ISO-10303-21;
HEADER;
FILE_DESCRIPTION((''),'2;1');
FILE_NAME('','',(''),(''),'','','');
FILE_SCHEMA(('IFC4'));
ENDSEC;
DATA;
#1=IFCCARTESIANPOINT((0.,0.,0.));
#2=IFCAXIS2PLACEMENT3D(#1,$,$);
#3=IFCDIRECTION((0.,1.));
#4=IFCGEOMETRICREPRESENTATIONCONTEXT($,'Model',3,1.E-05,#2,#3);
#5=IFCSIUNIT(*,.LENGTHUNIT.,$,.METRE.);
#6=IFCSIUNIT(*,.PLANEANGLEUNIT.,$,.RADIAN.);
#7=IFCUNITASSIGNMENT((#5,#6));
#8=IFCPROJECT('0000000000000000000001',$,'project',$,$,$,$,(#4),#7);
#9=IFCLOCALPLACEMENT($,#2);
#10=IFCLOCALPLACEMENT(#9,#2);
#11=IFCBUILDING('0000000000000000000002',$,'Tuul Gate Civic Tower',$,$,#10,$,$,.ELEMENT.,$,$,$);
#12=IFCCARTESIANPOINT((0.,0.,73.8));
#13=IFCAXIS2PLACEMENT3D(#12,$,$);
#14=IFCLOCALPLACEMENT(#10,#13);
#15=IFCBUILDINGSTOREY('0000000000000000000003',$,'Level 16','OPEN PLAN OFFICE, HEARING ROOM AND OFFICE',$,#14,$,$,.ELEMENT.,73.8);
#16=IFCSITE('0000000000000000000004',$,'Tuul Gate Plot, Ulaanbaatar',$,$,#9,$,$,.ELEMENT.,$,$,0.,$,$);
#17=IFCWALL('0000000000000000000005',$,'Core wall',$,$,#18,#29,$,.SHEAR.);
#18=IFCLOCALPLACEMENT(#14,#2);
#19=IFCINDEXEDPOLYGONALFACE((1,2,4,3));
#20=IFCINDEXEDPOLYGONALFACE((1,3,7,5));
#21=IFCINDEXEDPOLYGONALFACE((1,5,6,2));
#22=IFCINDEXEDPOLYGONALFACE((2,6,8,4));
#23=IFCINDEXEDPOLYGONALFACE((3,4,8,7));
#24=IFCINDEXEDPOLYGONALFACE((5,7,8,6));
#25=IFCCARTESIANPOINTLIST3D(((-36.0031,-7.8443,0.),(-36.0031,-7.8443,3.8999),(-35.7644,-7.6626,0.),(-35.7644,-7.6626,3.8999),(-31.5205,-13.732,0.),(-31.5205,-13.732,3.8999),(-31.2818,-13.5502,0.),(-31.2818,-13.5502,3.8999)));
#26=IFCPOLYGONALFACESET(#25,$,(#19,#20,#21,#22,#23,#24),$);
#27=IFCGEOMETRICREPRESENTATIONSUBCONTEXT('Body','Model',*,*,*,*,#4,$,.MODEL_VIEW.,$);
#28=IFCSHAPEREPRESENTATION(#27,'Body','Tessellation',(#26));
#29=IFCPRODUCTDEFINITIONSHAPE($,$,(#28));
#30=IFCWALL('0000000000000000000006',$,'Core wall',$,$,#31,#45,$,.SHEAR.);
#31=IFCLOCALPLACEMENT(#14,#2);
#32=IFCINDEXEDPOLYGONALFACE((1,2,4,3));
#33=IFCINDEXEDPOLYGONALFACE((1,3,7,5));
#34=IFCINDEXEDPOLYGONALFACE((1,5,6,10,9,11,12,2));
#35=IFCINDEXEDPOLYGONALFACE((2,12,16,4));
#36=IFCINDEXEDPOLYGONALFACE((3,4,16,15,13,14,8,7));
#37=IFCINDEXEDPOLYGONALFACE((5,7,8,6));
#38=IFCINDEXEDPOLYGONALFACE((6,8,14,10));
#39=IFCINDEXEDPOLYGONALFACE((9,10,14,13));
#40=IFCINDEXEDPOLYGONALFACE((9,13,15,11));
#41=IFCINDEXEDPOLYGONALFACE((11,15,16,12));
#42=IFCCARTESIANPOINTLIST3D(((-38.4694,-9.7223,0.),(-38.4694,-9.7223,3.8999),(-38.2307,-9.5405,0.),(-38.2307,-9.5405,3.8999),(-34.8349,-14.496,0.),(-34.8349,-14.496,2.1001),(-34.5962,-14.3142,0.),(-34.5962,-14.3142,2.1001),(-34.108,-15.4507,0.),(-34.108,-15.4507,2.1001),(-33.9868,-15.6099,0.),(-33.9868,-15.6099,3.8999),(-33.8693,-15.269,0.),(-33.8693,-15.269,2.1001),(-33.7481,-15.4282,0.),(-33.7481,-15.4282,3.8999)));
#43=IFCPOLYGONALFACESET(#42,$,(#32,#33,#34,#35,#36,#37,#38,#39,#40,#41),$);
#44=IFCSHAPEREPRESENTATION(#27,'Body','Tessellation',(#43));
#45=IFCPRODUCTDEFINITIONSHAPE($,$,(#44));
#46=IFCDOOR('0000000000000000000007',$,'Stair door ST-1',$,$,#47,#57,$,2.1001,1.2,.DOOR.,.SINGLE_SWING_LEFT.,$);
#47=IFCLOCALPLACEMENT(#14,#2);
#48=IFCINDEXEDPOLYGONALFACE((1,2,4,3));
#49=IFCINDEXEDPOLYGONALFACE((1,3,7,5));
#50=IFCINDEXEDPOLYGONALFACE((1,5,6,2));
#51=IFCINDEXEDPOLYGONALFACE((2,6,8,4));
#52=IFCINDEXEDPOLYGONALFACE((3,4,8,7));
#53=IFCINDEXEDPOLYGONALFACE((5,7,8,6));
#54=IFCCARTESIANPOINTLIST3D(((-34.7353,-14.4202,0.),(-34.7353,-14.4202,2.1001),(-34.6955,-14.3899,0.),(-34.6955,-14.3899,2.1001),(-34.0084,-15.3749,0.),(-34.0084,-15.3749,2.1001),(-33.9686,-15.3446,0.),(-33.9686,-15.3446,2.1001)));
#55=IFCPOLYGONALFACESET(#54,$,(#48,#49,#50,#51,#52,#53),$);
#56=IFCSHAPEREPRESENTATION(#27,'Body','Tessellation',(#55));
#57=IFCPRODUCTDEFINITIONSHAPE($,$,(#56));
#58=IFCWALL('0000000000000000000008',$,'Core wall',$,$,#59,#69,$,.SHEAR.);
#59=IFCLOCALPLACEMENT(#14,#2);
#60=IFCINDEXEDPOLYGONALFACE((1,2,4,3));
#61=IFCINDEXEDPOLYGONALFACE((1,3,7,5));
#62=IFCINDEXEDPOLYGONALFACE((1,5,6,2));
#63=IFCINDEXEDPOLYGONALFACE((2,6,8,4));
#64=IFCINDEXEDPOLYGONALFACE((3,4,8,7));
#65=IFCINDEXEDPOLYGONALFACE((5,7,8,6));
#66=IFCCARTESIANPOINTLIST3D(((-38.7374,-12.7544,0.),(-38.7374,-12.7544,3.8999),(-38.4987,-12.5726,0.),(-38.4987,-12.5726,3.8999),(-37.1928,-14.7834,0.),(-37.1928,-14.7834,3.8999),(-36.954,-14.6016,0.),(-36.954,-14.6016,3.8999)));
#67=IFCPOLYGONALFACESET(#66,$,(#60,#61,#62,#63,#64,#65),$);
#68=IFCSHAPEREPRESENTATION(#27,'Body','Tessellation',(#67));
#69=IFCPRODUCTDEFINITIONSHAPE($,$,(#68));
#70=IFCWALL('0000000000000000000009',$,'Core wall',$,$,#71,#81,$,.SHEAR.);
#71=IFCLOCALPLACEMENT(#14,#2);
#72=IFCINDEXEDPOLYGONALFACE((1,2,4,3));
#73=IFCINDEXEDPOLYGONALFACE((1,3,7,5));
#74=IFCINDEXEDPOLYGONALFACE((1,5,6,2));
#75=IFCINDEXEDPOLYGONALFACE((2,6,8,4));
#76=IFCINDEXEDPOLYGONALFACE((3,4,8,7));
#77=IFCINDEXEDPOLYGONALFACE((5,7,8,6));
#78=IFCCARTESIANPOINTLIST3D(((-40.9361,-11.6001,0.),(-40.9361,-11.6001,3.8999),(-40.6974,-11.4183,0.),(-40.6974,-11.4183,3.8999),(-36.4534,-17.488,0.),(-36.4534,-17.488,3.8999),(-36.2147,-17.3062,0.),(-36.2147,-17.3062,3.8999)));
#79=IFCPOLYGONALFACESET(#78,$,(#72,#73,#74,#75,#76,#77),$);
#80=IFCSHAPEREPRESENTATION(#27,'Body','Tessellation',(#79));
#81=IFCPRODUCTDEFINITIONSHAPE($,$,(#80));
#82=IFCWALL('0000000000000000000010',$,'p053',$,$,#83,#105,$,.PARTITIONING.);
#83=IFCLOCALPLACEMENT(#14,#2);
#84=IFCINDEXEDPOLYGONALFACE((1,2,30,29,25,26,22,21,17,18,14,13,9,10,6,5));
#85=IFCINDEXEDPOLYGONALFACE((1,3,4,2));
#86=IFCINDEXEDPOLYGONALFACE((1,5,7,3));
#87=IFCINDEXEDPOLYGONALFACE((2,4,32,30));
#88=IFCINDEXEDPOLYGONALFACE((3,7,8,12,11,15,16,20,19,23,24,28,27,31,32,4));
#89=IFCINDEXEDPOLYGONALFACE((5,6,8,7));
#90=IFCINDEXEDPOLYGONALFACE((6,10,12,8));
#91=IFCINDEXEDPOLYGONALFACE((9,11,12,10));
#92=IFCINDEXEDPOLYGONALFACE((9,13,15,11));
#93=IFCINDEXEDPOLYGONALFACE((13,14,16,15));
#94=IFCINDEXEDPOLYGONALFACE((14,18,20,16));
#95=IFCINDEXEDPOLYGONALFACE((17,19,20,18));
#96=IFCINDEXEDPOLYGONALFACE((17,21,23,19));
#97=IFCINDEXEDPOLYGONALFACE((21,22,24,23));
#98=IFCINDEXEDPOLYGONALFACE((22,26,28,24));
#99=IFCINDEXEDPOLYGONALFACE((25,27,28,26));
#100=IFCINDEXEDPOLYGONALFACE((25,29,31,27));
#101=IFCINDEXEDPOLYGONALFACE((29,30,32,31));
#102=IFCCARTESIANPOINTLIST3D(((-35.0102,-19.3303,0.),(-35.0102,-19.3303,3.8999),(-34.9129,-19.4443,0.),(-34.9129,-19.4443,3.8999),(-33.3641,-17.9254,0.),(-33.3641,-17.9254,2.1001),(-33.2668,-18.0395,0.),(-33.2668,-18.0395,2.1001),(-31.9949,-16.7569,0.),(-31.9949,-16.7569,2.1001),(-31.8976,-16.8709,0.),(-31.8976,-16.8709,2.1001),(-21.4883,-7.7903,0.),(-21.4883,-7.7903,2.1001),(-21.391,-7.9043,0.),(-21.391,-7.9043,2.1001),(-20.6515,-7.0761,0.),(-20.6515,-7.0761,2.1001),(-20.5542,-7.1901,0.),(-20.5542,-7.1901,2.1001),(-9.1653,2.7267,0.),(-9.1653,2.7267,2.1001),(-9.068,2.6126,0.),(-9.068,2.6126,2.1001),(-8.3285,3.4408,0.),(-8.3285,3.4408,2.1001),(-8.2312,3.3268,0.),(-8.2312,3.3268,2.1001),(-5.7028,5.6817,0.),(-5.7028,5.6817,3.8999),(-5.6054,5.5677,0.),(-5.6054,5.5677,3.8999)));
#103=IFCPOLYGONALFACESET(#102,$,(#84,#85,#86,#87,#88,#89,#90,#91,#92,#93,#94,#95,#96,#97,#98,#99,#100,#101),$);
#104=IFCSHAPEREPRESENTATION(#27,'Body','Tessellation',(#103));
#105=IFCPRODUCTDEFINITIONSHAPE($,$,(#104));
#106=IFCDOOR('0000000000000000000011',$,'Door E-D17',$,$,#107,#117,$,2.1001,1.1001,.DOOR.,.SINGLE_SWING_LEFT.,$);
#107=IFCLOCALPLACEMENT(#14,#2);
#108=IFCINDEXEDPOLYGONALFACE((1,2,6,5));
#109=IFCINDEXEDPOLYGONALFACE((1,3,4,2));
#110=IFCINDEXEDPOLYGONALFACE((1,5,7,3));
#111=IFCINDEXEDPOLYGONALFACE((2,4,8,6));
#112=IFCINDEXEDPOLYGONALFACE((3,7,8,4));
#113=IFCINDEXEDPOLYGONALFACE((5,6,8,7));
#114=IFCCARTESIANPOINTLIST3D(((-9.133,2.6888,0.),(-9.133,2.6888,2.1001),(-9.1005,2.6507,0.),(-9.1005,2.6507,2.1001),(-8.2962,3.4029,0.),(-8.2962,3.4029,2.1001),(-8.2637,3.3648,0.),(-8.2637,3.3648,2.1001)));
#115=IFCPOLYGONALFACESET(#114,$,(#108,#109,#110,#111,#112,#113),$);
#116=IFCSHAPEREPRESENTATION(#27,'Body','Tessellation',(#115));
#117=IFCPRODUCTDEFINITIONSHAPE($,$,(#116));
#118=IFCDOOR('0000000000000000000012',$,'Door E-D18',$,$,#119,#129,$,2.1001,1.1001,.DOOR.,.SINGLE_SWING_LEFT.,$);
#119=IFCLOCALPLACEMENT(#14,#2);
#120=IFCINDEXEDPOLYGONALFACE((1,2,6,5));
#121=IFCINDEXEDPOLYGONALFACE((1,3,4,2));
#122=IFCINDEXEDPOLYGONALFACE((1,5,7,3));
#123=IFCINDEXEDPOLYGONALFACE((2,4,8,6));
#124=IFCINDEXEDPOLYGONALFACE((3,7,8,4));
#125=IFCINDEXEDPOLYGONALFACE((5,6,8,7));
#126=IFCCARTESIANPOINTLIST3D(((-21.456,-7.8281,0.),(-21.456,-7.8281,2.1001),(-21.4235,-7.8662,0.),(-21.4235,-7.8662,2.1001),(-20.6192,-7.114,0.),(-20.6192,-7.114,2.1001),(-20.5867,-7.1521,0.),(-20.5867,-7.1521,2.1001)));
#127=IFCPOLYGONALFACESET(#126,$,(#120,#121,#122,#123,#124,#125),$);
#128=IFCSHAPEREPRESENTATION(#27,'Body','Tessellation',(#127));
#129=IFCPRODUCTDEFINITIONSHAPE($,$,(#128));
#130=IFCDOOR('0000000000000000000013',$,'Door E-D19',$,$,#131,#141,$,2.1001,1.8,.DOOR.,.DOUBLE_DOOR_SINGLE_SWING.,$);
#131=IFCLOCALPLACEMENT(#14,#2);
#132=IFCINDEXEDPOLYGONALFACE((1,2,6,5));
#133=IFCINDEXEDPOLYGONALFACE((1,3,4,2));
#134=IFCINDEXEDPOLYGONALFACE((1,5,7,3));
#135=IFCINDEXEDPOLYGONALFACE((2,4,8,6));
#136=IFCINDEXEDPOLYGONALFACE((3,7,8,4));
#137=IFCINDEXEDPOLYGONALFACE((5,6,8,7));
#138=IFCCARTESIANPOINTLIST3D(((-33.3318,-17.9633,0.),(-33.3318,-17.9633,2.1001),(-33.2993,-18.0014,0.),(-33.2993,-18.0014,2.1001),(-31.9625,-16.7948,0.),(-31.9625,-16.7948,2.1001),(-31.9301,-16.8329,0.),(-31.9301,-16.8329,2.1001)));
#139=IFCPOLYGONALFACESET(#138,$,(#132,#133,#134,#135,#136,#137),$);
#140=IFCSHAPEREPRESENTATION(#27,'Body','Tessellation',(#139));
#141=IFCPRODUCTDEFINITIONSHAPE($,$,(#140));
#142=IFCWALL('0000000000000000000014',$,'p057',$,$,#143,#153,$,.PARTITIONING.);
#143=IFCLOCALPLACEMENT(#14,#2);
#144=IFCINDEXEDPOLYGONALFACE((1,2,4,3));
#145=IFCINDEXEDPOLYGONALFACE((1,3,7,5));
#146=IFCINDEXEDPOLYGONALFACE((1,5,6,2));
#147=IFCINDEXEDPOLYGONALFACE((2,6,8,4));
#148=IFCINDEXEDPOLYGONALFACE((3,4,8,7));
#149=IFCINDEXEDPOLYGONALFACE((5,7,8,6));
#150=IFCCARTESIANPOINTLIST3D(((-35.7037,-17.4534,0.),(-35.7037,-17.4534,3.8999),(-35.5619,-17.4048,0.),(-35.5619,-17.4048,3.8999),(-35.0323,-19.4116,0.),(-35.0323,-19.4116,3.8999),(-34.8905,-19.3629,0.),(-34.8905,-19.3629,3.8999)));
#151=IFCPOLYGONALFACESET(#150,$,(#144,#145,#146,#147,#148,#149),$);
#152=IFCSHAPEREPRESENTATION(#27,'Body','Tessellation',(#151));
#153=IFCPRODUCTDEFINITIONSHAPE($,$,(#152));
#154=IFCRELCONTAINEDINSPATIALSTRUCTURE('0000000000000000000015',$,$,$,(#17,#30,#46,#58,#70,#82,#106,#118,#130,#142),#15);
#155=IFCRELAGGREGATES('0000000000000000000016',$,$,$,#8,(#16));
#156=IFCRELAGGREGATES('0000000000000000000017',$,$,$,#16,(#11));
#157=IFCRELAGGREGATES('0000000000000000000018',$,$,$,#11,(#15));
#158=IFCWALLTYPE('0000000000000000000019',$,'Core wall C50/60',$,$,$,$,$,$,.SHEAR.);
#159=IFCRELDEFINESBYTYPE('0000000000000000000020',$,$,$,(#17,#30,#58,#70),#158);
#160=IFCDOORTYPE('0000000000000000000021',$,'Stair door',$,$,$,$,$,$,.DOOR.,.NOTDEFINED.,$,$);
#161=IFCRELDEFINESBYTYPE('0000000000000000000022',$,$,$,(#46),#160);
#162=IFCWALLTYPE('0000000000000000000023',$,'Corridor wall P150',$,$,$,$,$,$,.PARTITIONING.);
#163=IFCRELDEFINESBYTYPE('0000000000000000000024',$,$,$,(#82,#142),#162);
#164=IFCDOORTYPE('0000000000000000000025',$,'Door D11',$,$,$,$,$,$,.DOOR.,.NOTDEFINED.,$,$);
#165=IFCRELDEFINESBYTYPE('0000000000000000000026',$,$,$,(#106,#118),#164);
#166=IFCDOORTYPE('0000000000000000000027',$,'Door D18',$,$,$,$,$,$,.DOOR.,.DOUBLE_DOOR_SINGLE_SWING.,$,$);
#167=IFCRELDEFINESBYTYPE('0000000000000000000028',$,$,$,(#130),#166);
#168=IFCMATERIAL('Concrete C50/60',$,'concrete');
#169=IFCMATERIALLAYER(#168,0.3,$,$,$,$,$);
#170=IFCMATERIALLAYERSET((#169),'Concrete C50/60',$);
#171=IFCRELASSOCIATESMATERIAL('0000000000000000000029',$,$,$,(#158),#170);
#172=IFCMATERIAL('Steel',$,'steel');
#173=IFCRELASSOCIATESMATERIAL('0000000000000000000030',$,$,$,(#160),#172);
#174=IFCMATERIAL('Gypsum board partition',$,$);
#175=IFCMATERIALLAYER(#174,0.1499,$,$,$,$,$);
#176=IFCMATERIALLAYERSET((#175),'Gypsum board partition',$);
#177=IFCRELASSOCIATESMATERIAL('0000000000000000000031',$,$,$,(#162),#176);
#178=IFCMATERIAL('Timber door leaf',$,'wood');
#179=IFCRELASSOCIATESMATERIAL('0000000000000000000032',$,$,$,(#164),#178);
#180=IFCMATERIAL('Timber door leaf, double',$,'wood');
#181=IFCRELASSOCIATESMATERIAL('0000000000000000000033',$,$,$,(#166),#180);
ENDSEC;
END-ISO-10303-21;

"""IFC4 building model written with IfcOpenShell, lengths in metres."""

from ifc_helpers import new_model, si_unit, direction, frame, frame_2d, origin, place, context, subcontext, project, spatial, rectangle, extrude, material, layer, layer_set, type_object, element, fill, save


model = new_model("IFC4")

# Units and contexts
model_context = context("Model", 3, precision=1e-05, world=origin(), true_north=direction((0.0, 1.0)))
body_context = subcontext(model_context, "Body", "Model", "MODEL_VIEW")
ifc_project = project(units=[si_unit("LENGTHUNIT", "METRE"), si_unit("PLANEANGLEUNIT", "RADIAN")], contexts=[model_context])

# Site, building, storey
site_placement = place(None, origin())
site = spatial("IfcSite", under=ifc_project, at=site_placement, Name="Tuul Gate Plot, Ulaanbaatar", CompositionType="ELEMENT", RefElevation=0.0)
building_placement = place(site_placement, origin())
building = spatial("IfcBuilding", under=site, at=building_placement, Name="Tuul Gate Civic Tower", CompositionType="ELEMENT")
storey_placement = place(building_placement, frame((0.0, 0.0, 73.8)))
storey = spatial("IfcBuildingStorey", under=building, at=storey_placement, Name="Level 16", Description="OPEN PLAN OFFICE, HEARING ROOM AND OFFICE", CompositionType="ELEMENT", Elevation=73.8)

# Shared definitions
ifc_material_1 = material(Name="Concrete C50/60", Category="concrete")
ifc_layer_1 = layer(ifc_material_1, 0.3)
ifc_layer_set_1 = layer_set([ifc_layer_1], Name="Concrete C50/60")
wall_type_1 = type_object("IfcWallType", Name="Core wall C50/60", PredefinedType="SHEAR", material=ifc_layer_set_1)

# Wall
wall_1_placement = place(storey_placement, frame((-31.4011, -13.6411, 0.0), z_axis=(0.0, 0.0, 1.0), x_axis=(-0.60577, 0.79564, 0.0)))
element("IfcWall", 1, at=wall_1_placement, inside=storey, type_object=wall_type_1, Name="Core wall", PredefinedType="SHEAR", context=body_context, shape_type="SweptSolid", body=[
    extrude(rectangle(XDim=7.3999, YDim=0.3, at=frame_2d((3.7, 0.0))), origin(), (0.0, 0.0, 1.0), 3.8999),
])

# Wall, opening, door
wall_2_placement = place(storey_placement, frame((-33.8674, -15.519, 0.0), z_axis=(0.0, 0.0, 1.0), x_axis=(-0.60577, 0.79564, 0.0)))
wall_2 = element("IfcWall", 2, at=wall_2_placement, inside=storey, type_object=wall_type_1, Name="Core wall", PredefinedType="SHEAR", context=body_context, shape_type="SweptSolid", body=[
    extrude(rectangle(XDim=7.3999, YDim=0.3, at=frame_2d((3.7, 0.0))), origin(), (0.0, 0.0, 1.0), 3.8999),
])
opening_1_placement = place(wall_2_placement, frame((0.2, 0.0, 0.0)))
opening_1 = element("IfcOpeningElement", 3, at=opening_1_placement, cuts=wall_2, PredefinedType="OPENING", context=body_context, shape_type="SweptSolid", body=[
    extrude(rectangle(XDim=1.2, YDim=2.1001, at=frame_2d((0.6001, 1.05))), frame((0.0, 0.1602, 0.0), z_axis=(0.0, -1.0, 0.0), x_axis=(1.0, 0.0, 0.0)), (0.0, 0.0, 1.0), 0.3201),
])
ifc_material_2 = material(Name="Steel", Category="steel")
door_type_1 = type_object("IfcDoorType", Name="Stair door", OperationType="NOTDEFINED", PredefinedType="DOOR", material=ifc_material_2)
door_1_placement = place(opening_1_placement, origin())
door_1 = element("IfcDoor", 4, at=door_1_placement, inside=storey, type_object=door_type_1, Name="Stair door ST-1", OperationType="SINGLE_SWING_LEFT", OverallHeight=2.1001, OverallWidth=1.2, PredefinedType="DOOR", context=body_context, shape_type="SweptSolid", body=[
    extrude(rectangle(XDim=1.2, YDim=2.1001, at=frame_2d((0.6001, 1.05))), frame((0.0, 0.0249, 0.0), z_axis=(0.0, -1.0, 0.0), x_axis=(1.0, 0.0, 0.0)), (0.0, 0.0, 1.0), 0.05),
])
fill(opening_1, door_1)

# Walls
wall_3_placement = place(storey_placement, frame((-37.0735, -14.6924, 0.0), z_axis=(0.0, 0.0, 1.0), x_axis=(-0.605729, 0.795671, 0.0)))
element("IfcWall", 5, at=wall_3_placement, inside=storey, type_object=wall_type_1, Name="Core wall", PredefinedType="SHEAR", context=body_context, shape_type="SweptSolid", body=[
    extrude(rectangle(XDim=2.55, YDim=0.3, at=frame_2d((1.2749, 0.0))), origin(), (0.0, 0.0, 1.0), 3.8999),
])
wall_4_placement = place(storey_placement, frame((-36.334, -17.3972, 0.0), z_axis=(0.0, 0.0, 1.0), x_axis=(-0.605754, 0.795652, 0.0)))
element("IfcWall", 6, at=wall_4_placement, inside=storey, type_object=wall_type_1, Name="Core wall", PredefinedType="SHEAR", context=body_context, shape_type="SweptSolid", body=[
    extrude(rectangle(XDim=7.4001, YDim=0.3, at=frame_2d((3.7002, 0.0))), origin(), (0.0, 0.0, 1.0), 3.8999),
])

# Wall, openings, doors
ifc_material_3 = material(Name="Gypsum board partition")
ifc_layer_2 = layer(ifc_material_3, 0.1499)
ifc_layer_set_2 = layer_set([ifc_layer_2], Name="Gypsum board partition")
wall_type_2 = type_object("IfcWallType", Name="Corridor wall P150", PredefinedType="PARTITIONING", material=ifc_layer_set_2)
wall_5_placement = place(storey_placement, frame((-34.9614, -19.3872, 0.0), z_axis=(0.0, 0.0, 1.0), x_axis=(0.760648, 0.649164, 0.0)))
wall_5 = element("IfcWall", 7, at=wall_5_placement, inside=storey, type_object=wall_type_2, Name="p053", PredefinedType="PARTITIONING", context=body_context, shape_type="SweptSolid", body=[
    extrude(rectangle(XDim=38.5295, YDim=0.1499, at=frame_2d((19.2646, 0.0))), origin(), (0.0, 0.0, 1.0), 3.8999),
])
opening_2_placement = place(wall_5_placement, frame((33.9773, 0.0, 0.0)))
opening_2 = element("IfcOpeningElement", 8, at=opening_2_placement, cuts=wall_5, PredefinedType="OPENING", context=body_context, shape_type="SweptSolid", body=[
    extrude(rectangle(XDim=1.1001, YDim=2.1001, at=frame_2d((0.55, 1.05))), frame((0.0, 0.085, 0.0), z_axis=(0.0, -1.0, 0.0), x_axis=(1.0, 0.0, 0.0)), (0.0, 0.0, 1.0), 0.1699),
])
opening_3_placement = place(wall_5_placement, frame((17.7766, 0.0, 0.0)))
opening_3 = element("IfcOpeningElement", 9, at=opening_3_placement, cuts=wall_5, PredefinedType="OPENING", context=body_context, shape_type="SweptSolid", body=[
    extrude(rectangle(XDim=1.1001, YDim=2.1001, at=frame_2d((0.55, 1.05))), frame((0.0, 0.085, 0.0), z_axis=(0.0, -1.0, 0.0), x_axis=(1.0, 0.0, 0.0)), (0.0, 0.0, 1.0), 0.1699),
])
opening_4_placement = place(wall_5_placement, frame((2.1641, 0.0, 0.0)))
opening_4 = element("IfcOpeningElement", 10, at=opening_4_placement, cuts=wall_5, PredefinedType="OPENING", context=body_context, shape_type="SweptSolid", body=[
    extrude(rectangle(XDim=1.8, YDim=2.1001, at=frame_2d((0.8999, 1.05))), frame((0.0, 0.085, 0.0), z_axis=(0.0, -1.0, 0.0), x_axis=(1.0, 0.0, 0.0)), (0.0, 0.0, 1.0), 0.1699),
])
ifc_material_4 = material(Name="Timber door leaf", Category="wood")
door_type_2 = type_object("IfcDoorType", Name="Door D11", OperationType="NOTDEFINED", PredefinedType="DOOR", material=ifc_material_4)
door_2_placement = place(opening_2_placement, frame((1.1001, 0.0, 0.0), z_axis=(0.0, 0.0, 1.0), x_axis=(-1.0, 0.0, 0.0)))
door_2 = element("IfcDoor", 11, at=door_2_placement, inside=storey, type_object=door_type_2, Name="Door E-D17", OperationType="SINGLE_SWING_LEFT", OverallHeight=2.1001, OverallWidth=1.1001, PredefinedType="DOOR", context=body_context, shape_type="SweptSolid", body=[
    extrude(rectangle(XDim=1.1001, YDim=2.1001, at=frame_2d((0.55, 1.05))), frame((0.0, 0.0249, 0.0), z_axis=(0.0, -1.0, 0.0), x_axis=(1.0, 0.0, 0.0)), (0.0, 0.0, 1.0), 0.05),
])
fill(opening_2, door_2)
door_3_placement = place(opening_3_placement, frame((1.1001, 0.0, 0.0), z_axis=(0.0, 0.0, 1.0), x_axis=(-1.0, 0.0, 0.0)))
door_3 = element("IfcDoor", 12, at=door_3_placement, inside=storey, type_object=door_type_2, Name="Door E-D18", OperationType="SINGLE_SWING_LEFT", OverallHeight=2.1001, OverallWidth=1.1001, PredefinedType="DOOR", context=body_context, shape_type="SweptSolid", body=[
    extrude(rectangle(XDim=1.1001, YDim=2.1001, at=frame_2d((0.55, 1.05))), frame((0.0, 0.0249, 0.0), z_axis=(0.0, -1.0, 0.0), x_axis=(1.0, 0.0, 0.0)), (0.0, 0.0, 1.0), 0.05),
])
fill(opening_3, door_3)
ifc_material_5 = material(Name="Timber door leaf, double", Category="wood")
door_type_3 = type_object("IfcDoorType", Name="Door D18", OperationType="DOUBLE_DOOR_SINGLE_SWING", PredefinedType="DOOR", material=ifc_material_5)
door_4_placement = place(opening_4_placement, frame((1.8, 0.0, 0.0), z_axis=(0.0, 0.0, 1.0), x_axis=(-1.0, 0.0, 0.0)))
door_4 = element("IfcDoor", 13, at=door_4_placement, inside=storey, type_object=door_type_3, Name="Door E-D19", OperationType="DOUBLE_DOOR_SINGLE_SWING", OverallHeight=2.1001, OverallWidth=1.8, PredefinedType="DOOR", context=body_context, shape_type="SweptSolid", body=[
    extrude(rectangle(XDim=1.8, YDim=2.1001, at=frame_2d((0.9001, 1.05))), frame((0.0, 0.0249, 0.0), z_axis=(0.0, -1.0, 0.0), x_axis=(1.0, 0.0, 0.0)), (0.0, 0.0, 1.0), 0.05),
])
fill(opening_4, door_4)

# Wall
wall_6_placement = place(storey_placement, frame((-35.6328, -17.429, 0.0), z_axis=(0.0, 0.0, 1.0), x_axis=(0.324318, -0.945948, 0.0)))
element("IfcWall", 14, at=wall_6_placement, inside=storey, type_object=wall_type_2, Name="p057", PredefinedType="PARTITIONING", context=body_context, shape_type="SweptSolid", body=[
    extrude(rectangle(XDim=2.0701, YDim=0.1499, at=frame_2d((1.0352, 0.0))), origin(), (0.0, 0.0, 1.0), 3.8999),
])

save(model, "model.ifc")
